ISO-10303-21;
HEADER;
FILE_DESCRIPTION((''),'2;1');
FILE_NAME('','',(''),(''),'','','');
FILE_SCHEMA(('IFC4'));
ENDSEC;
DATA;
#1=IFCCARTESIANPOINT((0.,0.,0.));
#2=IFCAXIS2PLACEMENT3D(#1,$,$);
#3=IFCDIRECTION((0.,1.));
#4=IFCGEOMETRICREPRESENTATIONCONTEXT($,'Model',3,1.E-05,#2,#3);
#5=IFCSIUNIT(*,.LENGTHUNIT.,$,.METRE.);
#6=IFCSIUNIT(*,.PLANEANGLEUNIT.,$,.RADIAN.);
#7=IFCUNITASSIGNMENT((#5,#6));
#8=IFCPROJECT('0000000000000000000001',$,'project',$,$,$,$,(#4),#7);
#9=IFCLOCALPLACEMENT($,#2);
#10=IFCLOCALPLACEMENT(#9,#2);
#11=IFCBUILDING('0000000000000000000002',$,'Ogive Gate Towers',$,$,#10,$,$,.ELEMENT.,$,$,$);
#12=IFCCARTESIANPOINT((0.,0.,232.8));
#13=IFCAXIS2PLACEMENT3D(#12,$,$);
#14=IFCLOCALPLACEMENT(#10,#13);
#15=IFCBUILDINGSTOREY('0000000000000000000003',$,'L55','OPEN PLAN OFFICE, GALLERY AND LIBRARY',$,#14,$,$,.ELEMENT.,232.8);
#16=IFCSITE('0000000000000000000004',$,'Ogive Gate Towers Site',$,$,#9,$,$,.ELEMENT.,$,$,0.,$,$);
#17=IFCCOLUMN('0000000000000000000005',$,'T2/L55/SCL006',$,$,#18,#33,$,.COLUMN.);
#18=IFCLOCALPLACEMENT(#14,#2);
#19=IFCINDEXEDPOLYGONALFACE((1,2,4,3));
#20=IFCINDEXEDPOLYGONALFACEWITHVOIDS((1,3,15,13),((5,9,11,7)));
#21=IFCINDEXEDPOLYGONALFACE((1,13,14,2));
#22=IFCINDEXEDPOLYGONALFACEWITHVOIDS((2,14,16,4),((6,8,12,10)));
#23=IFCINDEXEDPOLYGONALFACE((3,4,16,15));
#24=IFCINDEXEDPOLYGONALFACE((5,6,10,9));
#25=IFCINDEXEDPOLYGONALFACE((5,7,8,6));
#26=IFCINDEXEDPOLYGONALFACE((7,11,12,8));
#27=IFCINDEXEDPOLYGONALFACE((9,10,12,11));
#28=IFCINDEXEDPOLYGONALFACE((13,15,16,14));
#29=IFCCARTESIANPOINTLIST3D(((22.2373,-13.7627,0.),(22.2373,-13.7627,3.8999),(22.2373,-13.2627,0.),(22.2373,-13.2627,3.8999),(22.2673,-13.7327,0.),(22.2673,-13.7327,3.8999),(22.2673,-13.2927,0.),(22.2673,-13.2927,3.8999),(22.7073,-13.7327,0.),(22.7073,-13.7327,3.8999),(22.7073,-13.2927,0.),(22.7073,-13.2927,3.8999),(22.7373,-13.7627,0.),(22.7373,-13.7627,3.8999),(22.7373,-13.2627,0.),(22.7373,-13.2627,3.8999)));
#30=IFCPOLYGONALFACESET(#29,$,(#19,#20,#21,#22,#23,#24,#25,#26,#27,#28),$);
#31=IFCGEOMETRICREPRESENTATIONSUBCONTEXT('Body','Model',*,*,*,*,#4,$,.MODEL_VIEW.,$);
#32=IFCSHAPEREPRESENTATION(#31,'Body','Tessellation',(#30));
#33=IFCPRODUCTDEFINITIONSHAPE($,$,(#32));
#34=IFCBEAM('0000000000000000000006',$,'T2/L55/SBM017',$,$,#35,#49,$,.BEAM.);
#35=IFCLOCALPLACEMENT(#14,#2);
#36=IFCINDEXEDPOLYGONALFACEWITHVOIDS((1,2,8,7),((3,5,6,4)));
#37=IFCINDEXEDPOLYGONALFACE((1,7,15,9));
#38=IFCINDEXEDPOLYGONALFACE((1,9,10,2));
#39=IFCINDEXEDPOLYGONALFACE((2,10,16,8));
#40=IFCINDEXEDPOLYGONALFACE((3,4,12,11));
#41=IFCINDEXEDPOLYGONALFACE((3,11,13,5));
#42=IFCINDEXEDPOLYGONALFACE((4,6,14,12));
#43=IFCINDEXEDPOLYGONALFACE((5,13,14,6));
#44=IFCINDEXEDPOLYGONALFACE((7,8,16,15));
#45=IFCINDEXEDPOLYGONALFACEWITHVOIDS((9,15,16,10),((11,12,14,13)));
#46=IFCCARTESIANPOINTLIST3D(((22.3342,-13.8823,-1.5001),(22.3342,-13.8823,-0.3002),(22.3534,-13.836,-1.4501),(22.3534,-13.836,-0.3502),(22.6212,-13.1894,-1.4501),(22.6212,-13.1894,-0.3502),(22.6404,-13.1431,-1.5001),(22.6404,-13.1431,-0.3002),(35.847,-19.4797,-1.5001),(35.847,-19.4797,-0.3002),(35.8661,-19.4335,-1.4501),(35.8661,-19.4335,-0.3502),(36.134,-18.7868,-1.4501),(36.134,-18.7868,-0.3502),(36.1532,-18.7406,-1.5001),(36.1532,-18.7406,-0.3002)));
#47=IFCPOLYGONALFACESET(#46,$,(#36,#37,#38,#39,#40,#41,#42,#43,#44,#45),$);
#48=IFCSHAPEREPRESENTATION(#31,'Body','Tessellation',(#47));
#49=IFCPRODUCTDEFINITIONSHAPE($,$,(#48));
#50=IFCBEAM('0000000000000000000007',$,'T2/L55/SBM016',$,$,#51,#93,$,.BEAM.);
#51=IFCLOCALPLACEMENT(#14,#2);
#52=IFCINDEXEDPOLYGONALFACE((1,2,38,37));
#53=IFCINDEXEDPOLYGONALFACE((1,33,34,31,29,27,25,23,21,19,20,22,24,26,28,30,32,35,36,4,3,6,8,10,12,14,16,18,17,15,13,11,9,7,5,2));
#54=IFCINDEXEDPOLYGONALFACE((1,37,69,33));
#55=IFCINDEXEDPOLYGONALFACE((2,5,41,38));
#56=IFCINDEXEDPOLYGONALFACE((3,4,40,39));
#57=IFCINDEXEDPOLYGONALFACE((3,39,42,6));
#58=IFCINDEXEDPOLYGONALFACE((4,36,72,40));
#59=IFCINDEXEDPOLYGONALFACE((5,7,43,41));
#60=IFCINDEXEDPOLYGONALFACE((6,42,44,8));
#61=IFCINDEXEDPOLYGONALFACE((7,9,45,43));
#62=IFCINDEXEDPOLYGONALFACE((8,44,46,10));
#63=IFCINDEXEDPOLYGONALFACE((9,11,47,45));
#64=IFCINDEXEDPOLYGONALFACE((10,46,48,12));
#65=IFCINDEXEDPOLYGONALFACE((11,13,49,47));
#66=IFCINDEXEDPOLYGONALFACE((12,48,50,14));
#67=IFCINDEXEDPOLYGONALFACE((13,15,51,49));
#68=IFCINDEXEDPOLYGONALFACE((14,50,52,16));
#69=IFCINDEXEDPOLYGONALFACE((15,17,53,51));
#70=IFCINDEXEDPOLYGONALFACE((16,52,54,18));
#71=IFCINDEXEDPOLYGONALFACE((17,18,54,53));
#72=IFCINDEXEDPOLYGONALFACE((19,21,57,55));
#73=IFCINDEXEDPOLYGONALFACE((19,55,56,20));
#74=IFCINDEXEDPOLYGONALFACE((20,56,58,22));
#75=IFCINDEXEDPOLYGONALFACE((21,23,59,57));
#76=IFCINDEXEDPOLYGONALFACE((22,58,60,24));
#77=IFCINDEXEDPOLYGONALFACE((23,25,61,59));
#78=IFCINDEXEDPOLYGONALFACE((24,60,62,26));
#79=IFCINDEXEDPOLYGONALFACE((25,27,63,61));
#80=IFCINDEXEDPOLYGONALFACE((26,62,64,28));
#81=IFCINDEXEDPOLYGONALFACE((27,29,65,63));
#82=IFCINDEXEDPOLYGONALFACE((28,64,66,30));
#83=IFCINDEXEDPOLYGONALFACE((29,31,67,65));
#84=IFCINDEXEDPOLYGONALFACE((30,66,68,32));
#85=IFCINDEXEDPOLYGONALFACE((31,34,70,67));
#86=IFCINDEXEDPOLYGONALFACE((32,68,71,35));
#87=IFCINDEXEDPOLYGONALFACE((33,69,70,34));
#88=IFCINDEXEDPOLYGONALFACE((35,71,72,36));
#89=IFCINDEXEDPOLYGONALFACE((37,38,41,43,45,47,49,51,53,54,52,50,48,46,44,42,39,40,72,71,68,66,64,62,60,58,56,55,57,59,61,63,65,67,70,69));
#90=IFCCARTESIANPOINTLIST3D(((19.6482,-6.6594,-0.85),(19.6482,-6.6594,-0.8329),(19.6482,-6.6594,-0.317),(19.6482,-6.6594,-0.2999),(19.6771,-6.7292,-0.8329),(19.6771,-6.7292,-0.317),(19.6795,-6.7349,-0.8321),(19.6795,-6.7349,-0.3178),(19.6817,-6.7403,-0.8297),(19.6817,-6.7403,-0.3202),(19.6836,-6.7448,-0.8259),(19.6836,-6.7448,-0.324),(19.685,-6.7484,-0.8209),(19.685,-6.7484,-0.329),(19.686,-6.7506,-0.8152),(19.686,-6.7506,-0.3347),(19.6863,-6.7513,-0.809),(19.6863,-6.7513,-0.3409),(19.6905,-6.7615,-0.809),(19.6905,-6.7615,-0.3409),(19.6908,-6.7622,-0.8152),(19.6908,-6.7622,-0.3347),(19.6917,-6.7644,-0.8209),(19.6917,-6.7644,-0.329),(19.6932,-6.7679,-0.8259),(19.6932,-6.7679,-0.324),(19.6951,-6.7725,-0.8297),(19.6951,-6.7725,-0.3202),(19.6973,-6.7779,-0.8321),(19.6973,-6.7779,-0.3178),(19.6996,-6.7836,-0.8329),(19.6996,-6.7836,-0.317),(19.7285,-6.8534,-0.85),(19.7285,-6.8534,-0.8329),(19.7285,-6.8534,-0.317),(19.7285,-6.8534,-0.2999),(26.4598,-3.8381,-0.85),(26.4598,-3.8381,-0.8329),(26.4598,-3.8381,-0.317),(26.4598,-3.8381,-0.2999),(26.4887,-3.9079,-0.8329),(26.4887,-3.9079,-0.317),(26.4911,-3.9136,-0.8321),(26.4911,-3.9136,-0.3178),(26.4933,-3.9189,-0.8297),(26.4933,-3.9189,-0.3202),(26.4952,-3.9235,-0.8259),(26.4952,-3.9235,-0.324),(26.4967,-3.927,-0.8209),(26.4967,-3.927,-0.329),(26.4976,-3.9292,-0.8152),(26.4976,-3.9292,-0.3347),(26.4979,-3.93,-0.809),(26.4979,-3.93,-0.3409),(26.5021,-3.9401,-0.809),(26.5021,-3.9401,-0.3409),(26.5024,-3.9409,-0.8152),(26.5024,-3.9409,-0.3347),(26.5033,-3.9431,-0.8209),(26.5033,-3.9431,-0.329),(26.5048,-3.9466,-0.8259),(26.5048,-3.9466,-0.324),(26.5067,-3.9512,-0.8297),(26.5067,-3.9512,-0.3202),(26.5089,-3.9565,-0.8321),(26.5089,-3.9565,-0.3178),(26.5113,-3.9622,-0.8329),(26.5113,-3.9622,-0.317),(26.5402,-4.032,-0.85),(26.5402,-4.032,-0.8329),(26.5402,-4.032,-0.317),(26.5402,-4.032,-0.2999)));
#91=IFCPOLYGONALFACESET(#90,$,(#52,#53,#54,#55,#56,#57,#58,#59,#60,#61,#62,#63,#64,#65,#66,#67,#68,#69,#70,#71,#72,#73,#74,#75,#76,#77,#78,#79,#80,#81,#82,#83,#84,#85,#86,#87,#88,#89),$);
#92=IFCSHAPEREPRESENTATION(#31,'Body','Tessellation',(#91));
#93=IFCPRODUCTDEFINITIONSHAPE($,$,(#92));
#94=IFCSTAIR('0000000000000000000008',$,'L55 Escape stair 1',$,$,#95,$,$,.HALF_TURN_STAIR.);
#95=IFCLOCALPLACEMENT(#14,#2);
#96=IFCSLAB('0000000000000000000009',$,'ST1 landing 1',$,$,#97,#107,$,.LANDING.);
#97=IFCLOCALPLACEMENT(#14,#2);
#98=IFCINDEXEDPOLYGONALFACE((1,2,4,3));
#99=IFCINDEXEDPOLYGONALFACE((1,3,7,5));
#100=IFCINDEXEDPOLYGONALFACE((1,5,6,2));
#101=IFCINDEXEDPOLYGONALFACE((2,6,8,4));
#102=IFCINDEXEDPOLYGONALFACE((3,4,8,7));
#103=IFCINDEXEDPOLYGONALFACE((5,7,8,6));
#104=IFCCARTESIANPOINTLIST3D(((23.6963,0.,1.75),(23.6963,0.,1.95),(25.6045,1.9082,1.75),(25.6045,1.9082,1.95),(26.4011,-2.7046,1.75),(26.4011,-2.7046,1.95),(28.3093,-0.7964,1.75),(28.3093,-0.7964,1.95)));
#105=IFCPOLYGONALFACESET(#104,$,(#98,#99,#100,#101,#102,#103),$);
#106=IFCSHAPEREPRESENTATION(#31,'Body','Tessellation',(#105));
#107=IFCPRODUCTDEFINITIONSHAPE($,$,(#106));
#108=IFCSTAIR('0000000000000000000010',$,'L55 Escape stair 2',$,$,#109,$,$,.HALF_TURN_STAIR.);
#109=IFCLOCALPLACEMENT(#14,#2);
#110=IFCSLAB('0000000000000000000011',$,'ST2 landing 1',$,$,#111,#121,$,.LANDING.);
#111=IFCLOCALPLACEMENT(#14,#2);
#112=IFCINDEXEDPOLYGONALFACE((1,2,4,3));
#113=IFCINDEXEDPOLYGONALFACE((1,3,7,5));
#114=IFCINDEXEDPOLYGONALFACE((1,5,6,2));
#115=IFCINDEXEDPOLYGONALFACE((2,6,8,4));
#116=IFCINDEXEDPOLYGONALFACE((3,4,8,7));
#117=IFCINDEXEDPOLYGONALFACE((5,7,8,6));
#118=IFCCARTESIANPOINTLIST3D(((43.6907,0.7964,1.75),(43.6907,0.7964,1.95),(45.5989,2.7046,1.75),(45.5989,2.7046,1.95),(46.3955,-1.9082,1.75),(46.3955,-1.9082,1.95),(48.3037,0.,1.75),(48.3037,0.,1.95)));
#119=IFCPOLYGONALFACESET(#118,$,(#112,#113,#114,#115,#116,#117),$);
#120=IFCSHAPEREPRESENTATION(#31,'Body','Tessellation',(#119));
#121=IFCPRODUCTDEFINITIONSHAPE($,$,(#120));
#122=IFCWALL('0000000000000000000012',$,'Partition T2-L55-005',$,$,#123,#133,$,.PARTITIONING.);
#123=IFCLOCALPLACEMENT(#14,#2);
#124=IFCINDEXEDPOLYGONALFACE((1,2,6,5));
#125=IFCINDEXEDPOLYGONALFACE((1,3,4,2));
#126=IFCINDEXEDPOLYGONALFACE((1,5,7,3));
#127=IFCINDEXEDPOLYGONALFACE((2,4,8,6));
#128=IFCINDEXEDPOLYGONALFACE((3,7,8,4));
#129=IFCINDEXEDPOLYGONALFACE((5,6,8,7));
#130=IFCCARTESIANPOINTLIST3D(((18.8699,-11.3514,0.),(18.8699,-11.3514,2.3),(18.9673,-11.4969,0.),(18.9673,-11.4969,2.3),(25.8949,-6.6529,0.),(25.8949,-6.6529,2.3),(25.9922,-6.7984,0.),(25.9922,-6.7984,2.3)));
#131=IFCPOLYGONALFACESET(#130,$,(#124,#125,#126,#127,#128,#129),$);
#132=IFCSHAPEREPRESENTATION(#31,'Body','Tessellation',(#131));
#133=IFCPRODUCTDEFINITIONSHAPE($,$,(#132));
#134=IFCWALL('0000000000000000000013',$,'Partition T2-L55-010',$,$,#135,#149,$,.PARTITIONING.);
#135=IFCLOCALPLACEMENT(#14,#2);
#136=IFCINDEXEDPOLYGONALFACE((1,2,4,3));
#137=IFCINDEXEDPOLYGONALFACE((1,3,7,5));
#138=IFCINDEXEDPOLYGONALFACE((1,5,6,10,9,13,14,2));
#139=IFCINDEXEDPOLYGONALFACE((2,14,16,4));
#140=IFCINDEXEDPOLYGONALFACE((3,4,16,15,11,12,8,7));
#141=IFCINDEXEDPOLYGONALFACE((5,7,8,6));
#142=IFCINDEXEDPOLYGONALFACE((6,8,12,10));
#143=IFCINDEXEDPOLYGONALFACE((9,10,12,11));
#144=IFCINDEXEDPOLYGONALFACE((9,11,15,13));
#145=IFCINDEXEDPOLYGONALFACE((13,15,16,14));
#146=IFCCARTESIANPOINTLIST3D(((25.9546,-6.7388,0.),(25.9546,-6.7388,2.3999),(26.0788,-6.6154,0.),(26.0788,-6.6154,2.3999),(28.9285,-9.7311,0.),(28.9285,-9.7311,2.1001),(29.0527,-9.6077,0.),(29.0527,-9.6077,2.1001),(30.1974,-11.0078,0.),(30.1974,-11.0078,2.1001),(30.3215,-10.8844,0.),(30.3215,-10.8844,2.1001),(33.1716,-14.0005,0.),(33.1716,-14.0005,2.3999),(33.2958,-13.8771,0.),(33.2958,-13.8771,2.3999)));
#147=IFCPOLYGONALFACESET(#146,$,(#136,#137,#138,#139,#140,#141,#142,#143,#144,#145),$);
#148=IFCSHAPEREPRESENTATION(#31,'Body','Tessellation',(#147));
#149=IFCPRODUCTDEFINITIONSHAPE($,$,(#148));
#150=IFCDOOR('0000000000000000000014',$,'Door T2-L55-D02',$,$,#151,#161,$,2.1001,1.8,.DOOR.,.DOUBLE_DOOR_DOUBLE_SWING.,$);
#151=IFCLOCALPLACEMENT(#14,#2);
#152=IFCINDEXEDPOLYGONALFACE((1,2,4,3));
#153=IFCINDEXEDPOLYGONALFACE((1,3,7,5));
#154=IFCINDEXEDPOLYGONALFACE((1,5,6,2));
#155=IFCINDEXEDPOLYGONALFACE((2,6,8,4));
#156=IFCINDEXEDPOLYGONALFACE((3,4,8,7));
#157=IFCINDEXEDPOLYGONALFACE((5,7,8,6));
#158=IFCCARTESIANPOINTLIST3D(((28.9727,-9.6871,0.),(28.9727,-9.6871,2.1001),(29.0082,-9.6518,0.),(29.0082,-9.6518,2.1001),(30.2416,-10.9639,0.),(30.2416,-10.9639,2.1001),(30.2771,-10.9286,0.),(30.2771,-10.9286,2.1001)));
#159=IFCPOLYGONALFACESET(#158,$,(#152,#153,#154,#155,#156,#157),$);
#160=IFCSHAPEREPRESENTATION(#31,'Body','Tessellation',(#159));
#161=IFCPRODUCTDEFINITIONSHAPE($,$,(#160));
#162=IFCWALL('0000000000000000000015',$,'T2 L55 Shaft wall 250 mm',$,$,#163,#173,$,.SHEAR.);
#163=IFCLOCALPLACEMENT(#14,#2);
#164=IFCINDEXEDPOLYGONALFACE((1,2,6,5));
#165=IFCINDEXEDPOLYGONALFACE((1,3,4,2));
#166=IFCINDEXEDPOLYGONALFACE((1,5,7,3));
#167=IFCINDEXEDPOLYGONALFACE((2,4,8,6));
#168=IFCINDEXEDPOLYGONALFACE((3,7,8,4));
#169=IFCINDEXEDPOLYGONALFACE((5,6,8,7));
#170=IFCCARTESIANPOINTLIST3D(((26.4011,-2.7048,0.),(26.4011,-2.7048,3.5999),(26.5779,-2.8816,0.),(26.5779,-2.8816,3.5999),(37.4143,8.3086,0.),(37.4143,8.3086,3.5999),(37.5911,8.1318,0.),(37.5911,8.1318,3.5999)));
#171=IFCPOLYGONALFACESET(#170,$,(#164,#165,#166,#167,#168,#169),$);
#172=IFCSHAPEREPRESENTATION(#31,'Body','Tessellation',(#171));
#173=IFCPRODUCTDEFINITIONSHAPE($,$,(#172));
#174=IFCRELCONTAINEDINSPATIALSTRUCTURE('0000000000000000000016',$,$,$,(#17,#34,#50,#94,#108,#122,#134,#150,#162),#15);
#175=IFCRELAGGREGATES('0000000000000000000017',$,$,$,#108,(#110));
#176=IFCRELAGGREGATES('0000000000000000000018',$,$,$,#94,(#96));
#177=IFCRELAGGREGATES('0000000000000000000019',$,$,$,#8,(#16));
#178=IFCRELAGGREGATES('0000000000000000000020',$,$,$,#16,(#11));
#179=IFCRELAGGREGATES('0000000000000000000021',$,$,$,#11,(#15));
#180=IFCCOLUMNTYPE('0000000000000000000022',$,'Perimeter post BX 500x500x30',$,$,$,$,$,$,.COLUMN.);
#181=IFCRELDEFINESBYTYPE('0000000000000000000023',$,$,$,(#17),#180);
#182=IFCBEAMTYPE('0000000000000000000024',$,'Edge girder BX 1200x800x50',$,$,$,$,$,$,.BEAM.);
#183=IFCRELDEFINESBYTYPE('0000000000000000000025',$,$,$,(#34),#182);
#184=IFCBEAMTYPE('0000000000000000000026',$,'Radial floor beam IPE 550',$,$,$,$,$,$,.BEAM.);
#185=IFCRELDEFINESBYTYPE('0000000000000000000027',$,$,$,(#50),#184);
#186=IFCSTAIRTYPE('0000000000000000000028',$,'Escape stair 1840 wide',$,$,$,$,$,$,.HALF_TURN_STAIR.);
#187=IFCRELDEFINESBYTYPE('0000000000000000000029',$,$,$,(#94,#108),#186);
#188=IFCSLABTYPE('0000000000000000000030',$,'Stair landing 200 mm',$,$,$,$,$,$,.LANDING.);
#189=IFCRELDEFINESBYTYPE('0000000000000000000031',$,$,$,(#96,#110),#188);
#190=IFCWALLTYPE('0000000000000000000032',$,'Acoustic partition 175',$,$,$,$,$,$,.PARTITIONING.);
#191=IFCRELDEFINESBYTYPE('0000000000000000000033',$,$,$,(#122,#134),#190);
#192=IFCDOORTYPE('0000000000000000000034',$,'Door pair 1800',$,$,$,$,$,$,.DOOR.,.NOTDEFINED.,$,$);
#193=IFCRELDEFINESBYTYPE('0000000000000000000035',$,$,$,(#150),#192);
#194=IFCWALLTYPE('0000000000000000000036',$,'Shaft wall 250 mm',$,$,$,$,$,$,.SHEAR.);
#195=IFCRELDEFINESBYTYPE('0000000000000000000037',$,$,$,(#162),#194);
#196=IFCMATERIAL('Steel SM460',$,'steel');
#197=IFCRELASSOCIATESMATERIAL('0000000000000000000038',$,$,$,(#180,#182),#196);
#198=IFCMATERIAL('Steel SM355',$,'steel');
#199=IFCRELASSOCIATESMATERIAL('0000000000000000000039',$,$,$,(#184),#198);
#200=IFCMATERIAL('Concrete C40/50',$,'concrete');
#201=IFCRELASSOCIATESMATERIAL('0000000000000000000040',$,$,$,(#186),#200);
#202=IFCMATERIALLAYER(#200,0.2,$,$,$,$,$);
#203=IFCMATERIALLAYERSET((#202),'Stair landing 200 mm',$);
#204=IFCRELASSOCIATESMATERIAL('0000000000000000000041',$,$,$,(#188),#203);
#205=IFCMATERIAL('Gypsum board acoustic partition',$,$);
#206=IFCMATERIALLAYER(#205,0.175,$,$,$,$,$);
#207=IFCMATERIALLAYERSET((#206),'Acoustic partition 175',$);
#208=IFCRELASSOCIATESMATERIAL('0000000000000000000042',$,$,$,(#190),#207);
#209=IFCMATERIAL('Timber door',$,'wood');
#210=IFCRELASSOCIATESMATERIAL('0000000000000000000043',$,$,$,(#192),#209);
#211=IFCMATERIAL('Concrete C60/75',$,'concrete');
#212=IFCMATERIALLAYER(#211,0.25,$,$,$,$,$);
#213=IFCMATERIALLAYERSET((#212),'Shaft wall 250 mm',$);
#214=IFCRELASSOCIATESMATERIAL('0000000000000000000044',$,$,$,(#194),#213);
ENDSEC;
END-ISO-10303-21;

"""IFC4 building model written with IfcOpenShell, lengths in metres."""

from ifc_helpers import new_model, si_unit, direction, frame, frame_2d, origin, origin_2d, place, context, subcontext, project, spatial, polyline, rectangle, hollow_rectangle, i_section, outline, extrude, material, layer, layer_set, material_profile, profile_set, type_object, element, fill, aggregate, save


model = new_model("IFC4")

# Units and contexts
model_context = context("Model", 3, precision=1e-05, world=origin(), true_north=direction((0.0, 1.0)))
body_context = subcontext(model_context, "Body", "Model", "MODEL_VIEW")
ifc_project = project(units=[si_unit("LENGTHUNIT", "METRE"), si_unit("PLANEANGLEUNIT", "RADIAN")], contexts=[model_context])

# Site, building, storey
site_placement = place(None, origin())
site = spatial("IfcSite", under=ifc_project, at=site_placement, Name="Ogive Gate Towers Site", CompositionType="ELEMENT", RefElevation=0.0)
building_placement = place(site_placement, origin())
building = spatial("IfcBuilding", under=site, at=building_placement, Name="Ogive Gate Towers", CompositionType="ELEMENT")
storey_placement = place(building_placement, frame((0.0, 0.0, 232.8)))
storey = spatial("IfcBuildingStorey", under=building, at=storey_placement, Name="L55", Description="OPEN PLAN OFFICE, GALLERY AND LIBRARY", CompositionType="ELEMENT", Elevation=232.8)

# Column
ifc_material_1 = material(Name="Steel SM460", Category="steel")
ifc_material_profile_1 = material_profile(ifc_material_1, hollow_rectangle(XDim=0.5, YDim=0.5, WallThickness=0.03, at=origin_2d()), Name="BX 500x500x30")
ifc_profile_set_1 = profile_set([ifc_material_profile_1], Name="Steel SM460")
column_type = type_object("IfcColumnType", Name="Perimeter post BX 500x500x30", PredefinedType="COLUMN", material=ifc_profile_set_1)
column_placement = place(storey_placement, frame((22.4873, -13.5127, 0.0), z_axis=(0.0, 0.0, 1.0), x_axis=(1.0, 0.0, 0.0)))
element("IfcColumn", 1, at=column_placement, inside=storey, type_object=column_type, Name="T2/L55/SCL006", PredefinedType="COLUMN", context=body_context, shape_type="SweptSolid", body=[
    extrude(hollow_rectangle(XDim=0.5, YDim=0.5, WallThickness=0.03, at=origin_2d()), origin(), (0.0, 0.0, 1.0), 3.8999),
])

# Beams
ifc_material_profile_2 = material_profile(ifc_material_1, hollow_rectangle(XDim=0.8, YDim=1.2, WallThickness=0.05, at=origin_2d()), Name="BX 1200x800x50")
ifc_profile_set_2 = profile_set([ifc_material_profile_2], Name="Steel SM460")
beam_type_1 = type_object("IfcBeamType", Name="Edge girder BX 1200x800x50", PredefinedType="BEAM", material=ifc_profile_set_2)
beam_1_placement = place(storey_placement, frame((22.4873, -13.5127, -0.9001), z_axis=(0.923873, -0.382699, 0.0), x_axis=(0.382699, 0.923873, 0.0)))
element("IfcBeam", 2, at=beam_1_placement, inside=storey, type_object=beam_type_1, Name="T2/L55/SBM017", PredefinedType="BEAM", context=body_context, shape_type="SweptSolid", body=[
    extrude(hollow_rectangle(XDim=0.8, YDim=1.2, WallThickness=0.05, at=origin_2d()), origin(), (0.0, 0.0, 1.0), 14.6262),
])
ifc_material_2 = material(Name="Steel SM355", Category="steel")
ifc_material_profile_3 = material_profile(ifc_material_2, i_section(OverallWidth=0.21, OverallDepth=0.55, WebThickness=0.011, FlangeThickness=0.0171, FilletRadius=0.0239, at=origin_2d()), Name="IPE 550")
ifc_profile_set_3 = profile_set([ifc_material_profile_3], Name="Steel SM355")
beam_type_2 = type_object("IfcBeamType", Name="Radial floor beam IPE 550", PredefinedType="BEAM", material=ifc_profile_set_3)
beam_2_placement = place(storey_placement, frame((26.5, -3.9351, -0.575), z_axis=(-0.923886, -0.382668, 0.0), x_axis=(0.382668, -0.923886, 0.0)))
element("IfcBeam", 3, at=beam_2_placement, inside=storey, type_object=beam_type_2, Name="T2/L55/SBM016", PredefinedType="BEAM", context=body_context, shape_type="SweptSolid", body=[
    extrude(i_section(OverallWidth=0.21, OverallDepth=0.55, WebThickness=0.011, FlangeThickness=0.0171, FilletRadius=0.0239, at=origin_2d()), origin(), (0.0, 0.0, 1.0), 7.3728),
])

# Stairs, slabs
ifc_material_3 = material(Name="Concrete C40/50", Category="concrete")
stair_type = type_object("IfcStairType", Name="Escape stair 1840 wide", PredefinedType="HALF_TURN_STAIR", material=ifc_material_3)
stair_1_placement = place(storey_placement, origin())
stair_1 = element("IfcStair", 4, at=stair_1_placement, inside=storey, type_object=stair_type, Name="L55 Escape stair 1", PredefinedType="HALF_TURN_STAIR")
ifc_layer_1 = layer(ifc_material_3, 0.2)
ifc_layer_set_1 = layer_set([ifc_layer_1], Name="Stair landing 200 mm")
slab_type = type_object("IfcSlabType", Name="Stair landing 200 mm", PredefinedType="LANDING", material=ifc_layer_set_1)
slab_1_placement = place(storey_placement, frame((0.0, 0.0, 1.75)))
slab_1 = element("IfcSlab", 5, at=slab_1_placement, type_object=slab_type, Name="ST1 landing 1", PredefinedType="LANDING", context=body_context, shape_type="SweptSolid", body=[
    extrude(outline(polyline([(25.6045, 1.9082), (23.6963, 0.0), (26.4011, -2.7046), (28.3093, -0.7964), (25.6045, 1.9082)])), origin(), (0.0, 0.0, 1.0), 0.2),
])
stair_2_placement = place(storey_placement, origin())
stair_2 = element("IfcStair", 6, at=stair_2_placement, inside=storey, type_object=stair_type, Name="L55 Escape stair 2", PredefinedType="HALF_TURN_STAIR")
slab_2_placement = place(storey_placement, frame((0.0, 0.0, 1.75)))
slab_2 = element("IfcSlab", 7, at=slab_2_placement, type_object=slab_type, Name="ST2 landing 1", PredefinedType="LANDING", context=body_context, shape_type="SweptSolid", body=[
    extrude(outline(polyline([(46.3955, -1.9082), (48.3037, 0.0), (45.5989, 2.7046), (43.6907, 0.7964), (46.3955, -1.9082)])), origin(), (0.0, 0.0, 1.0), 0.2),
])
aggregate(stair_2, [slab_2])

# Wall
ifc_material_4 = material(Name="Gypsum board acoustic partition")
ifc_layer_2 = layer(ifc_material_4, 0.175)
ifc_layer_set_2 = layer_set([ifc_layer_2], Name="Acoustic partition 175")
wall_type_1 = type_object("IfcWallType", Name="Acoustic partition 175", PredefinedType="PARTITIONING", material=ifc_layer_set_2)
wall_1_placement = place(storey_placement, frame((18.9187, -11.4241, 0.0), z_axis=(0.0, 0.0, 1.0), x_axis=(0.831218, 0.555946, 0.0)))
element("IfcWall", 8, at=wall_1_placement, inside=storey, type_object=wall_type_1, Name="Partition T2-L55-005", PredefinedType="PARTITIONING", context=body_context, shape_type="SweptSolid", body=[
    extrude(rectangle(XDim=8.4514, YDim=0.175, at=frame_2d((4.2256, 0.0))), origin(), (0.0, 0.0, 1.0), 2.3),
])

# Wall, opening, door
wall_2_placement = place(storey_placement, frame((26.0166, -6.677, 0.0), z_axis=(0.0, 0.0, 1.0), x_axis=(0.704921, -0.709285, 0.0)))
wall_2 = element("IfcWall", 9, at=wall_2_placement, inside=storey, type_object=wall_type_1, Name="Partition T2-L55-010", PredefinedType="PARTITIONING", context=body_context, shape_type="SweptSolid", body=[
    extrude(rectangle(XDim=10.238, YDim=0.175, at=frame_2d((5.1191, 0.0))), origin(), (0.0, 0.0, 1.0), 2.3999),
])
opening_1_placement = place(wall_2_placement, frame((4.219, 0.0, 0.0)))
opening_1 = element("IfcOpeningElement", 10, at=opening_1_placement, cuts=wall_2, PredefinedType="OPENING", context=body_context, shape_type="SweptSolid", body=[
    extrude(rectangle(XDim=1.8, YDim=2.1001, at=frame_2d((0.8999, 1.05))), frame((0.0, 0.0977, 0.0), z_axis=(0.0, -1.0, 0.0), x_axis=(1.0, 0.0, 0.0)), (0.0, 0.0, 1.0), 0.1951),
])
ifc_material_5 = material(Name="Timber door", Category="wood")
door_type_1 = type_object("IfcDoorType", Name="Door pair 1800", OperationType="NOTDEFINED", PredefinedType="DOOR", material=ifc_material_5)
door_1_placement = place(opening_1_placement, origin())
door_1 = element("IfcDoor", 11, at=door_1_placement, inside=storey, type_object=door_type_1, Name="Door T2-L55-D02", OperationType="DOUBLE_DOOR_DOUBLE_SWING", OverallHeight=2.1001, OverallWidth=1.8, PredefinedType="DOOR", context=body_context, shape_type="SweptSolid", body=[
    extrude(rectangle(XDim=1.8, YDim=2.1001, at=frame_2d((0.8999, 1.05))), frame((0.0, 0.0249, 0.0), z_axis=(0.0, -1.0, 0.0), x_axis=(1.0, 0.0, 0.0)), (0.0, 0.0, 1.0), 0.05),
])
fill(opening_1, door_1)

# Wall
ifc_material_6 = material(Name="Concrete C60/75", Category="concrete")
ifc_layer_3 = layer(ifc_material_6, 0.25)
ifc_layer_set_3 = layer_set([ifc_layer_3], Name="Shaft wall 250 mm")
wall_type_2 = type_object("IfcWallType", Name="Shaft wall 250 mm", PredefinedType="SHEAR", material=ifc_layer_set_3)
wall_3_placement = place(storey_placement, frame((26.4895, -2.7932, 0.0), z_axis=(0.0, 0.0, 1.0), x_axis=(0.707099, 0.707115, 0.0)))
element("IfcWall", 12, at=wall_3_placement, inside=storey, type_object=wall_type_2, Name="T2 L55 Shaft wall 250 mm", PredefinedType="SHEAR", context=body_context, shape_type="SweptSolid", body=[
    extrude(rectangle(XDim=15.5752, YDim=0.25, at=frame_2d((7.7876, 0.0))), origin(), (0.0, 0.0, 1.0), 3.5999),
])

aggregate(stair_1, [slab_1])

save(model, "model.ifc")
